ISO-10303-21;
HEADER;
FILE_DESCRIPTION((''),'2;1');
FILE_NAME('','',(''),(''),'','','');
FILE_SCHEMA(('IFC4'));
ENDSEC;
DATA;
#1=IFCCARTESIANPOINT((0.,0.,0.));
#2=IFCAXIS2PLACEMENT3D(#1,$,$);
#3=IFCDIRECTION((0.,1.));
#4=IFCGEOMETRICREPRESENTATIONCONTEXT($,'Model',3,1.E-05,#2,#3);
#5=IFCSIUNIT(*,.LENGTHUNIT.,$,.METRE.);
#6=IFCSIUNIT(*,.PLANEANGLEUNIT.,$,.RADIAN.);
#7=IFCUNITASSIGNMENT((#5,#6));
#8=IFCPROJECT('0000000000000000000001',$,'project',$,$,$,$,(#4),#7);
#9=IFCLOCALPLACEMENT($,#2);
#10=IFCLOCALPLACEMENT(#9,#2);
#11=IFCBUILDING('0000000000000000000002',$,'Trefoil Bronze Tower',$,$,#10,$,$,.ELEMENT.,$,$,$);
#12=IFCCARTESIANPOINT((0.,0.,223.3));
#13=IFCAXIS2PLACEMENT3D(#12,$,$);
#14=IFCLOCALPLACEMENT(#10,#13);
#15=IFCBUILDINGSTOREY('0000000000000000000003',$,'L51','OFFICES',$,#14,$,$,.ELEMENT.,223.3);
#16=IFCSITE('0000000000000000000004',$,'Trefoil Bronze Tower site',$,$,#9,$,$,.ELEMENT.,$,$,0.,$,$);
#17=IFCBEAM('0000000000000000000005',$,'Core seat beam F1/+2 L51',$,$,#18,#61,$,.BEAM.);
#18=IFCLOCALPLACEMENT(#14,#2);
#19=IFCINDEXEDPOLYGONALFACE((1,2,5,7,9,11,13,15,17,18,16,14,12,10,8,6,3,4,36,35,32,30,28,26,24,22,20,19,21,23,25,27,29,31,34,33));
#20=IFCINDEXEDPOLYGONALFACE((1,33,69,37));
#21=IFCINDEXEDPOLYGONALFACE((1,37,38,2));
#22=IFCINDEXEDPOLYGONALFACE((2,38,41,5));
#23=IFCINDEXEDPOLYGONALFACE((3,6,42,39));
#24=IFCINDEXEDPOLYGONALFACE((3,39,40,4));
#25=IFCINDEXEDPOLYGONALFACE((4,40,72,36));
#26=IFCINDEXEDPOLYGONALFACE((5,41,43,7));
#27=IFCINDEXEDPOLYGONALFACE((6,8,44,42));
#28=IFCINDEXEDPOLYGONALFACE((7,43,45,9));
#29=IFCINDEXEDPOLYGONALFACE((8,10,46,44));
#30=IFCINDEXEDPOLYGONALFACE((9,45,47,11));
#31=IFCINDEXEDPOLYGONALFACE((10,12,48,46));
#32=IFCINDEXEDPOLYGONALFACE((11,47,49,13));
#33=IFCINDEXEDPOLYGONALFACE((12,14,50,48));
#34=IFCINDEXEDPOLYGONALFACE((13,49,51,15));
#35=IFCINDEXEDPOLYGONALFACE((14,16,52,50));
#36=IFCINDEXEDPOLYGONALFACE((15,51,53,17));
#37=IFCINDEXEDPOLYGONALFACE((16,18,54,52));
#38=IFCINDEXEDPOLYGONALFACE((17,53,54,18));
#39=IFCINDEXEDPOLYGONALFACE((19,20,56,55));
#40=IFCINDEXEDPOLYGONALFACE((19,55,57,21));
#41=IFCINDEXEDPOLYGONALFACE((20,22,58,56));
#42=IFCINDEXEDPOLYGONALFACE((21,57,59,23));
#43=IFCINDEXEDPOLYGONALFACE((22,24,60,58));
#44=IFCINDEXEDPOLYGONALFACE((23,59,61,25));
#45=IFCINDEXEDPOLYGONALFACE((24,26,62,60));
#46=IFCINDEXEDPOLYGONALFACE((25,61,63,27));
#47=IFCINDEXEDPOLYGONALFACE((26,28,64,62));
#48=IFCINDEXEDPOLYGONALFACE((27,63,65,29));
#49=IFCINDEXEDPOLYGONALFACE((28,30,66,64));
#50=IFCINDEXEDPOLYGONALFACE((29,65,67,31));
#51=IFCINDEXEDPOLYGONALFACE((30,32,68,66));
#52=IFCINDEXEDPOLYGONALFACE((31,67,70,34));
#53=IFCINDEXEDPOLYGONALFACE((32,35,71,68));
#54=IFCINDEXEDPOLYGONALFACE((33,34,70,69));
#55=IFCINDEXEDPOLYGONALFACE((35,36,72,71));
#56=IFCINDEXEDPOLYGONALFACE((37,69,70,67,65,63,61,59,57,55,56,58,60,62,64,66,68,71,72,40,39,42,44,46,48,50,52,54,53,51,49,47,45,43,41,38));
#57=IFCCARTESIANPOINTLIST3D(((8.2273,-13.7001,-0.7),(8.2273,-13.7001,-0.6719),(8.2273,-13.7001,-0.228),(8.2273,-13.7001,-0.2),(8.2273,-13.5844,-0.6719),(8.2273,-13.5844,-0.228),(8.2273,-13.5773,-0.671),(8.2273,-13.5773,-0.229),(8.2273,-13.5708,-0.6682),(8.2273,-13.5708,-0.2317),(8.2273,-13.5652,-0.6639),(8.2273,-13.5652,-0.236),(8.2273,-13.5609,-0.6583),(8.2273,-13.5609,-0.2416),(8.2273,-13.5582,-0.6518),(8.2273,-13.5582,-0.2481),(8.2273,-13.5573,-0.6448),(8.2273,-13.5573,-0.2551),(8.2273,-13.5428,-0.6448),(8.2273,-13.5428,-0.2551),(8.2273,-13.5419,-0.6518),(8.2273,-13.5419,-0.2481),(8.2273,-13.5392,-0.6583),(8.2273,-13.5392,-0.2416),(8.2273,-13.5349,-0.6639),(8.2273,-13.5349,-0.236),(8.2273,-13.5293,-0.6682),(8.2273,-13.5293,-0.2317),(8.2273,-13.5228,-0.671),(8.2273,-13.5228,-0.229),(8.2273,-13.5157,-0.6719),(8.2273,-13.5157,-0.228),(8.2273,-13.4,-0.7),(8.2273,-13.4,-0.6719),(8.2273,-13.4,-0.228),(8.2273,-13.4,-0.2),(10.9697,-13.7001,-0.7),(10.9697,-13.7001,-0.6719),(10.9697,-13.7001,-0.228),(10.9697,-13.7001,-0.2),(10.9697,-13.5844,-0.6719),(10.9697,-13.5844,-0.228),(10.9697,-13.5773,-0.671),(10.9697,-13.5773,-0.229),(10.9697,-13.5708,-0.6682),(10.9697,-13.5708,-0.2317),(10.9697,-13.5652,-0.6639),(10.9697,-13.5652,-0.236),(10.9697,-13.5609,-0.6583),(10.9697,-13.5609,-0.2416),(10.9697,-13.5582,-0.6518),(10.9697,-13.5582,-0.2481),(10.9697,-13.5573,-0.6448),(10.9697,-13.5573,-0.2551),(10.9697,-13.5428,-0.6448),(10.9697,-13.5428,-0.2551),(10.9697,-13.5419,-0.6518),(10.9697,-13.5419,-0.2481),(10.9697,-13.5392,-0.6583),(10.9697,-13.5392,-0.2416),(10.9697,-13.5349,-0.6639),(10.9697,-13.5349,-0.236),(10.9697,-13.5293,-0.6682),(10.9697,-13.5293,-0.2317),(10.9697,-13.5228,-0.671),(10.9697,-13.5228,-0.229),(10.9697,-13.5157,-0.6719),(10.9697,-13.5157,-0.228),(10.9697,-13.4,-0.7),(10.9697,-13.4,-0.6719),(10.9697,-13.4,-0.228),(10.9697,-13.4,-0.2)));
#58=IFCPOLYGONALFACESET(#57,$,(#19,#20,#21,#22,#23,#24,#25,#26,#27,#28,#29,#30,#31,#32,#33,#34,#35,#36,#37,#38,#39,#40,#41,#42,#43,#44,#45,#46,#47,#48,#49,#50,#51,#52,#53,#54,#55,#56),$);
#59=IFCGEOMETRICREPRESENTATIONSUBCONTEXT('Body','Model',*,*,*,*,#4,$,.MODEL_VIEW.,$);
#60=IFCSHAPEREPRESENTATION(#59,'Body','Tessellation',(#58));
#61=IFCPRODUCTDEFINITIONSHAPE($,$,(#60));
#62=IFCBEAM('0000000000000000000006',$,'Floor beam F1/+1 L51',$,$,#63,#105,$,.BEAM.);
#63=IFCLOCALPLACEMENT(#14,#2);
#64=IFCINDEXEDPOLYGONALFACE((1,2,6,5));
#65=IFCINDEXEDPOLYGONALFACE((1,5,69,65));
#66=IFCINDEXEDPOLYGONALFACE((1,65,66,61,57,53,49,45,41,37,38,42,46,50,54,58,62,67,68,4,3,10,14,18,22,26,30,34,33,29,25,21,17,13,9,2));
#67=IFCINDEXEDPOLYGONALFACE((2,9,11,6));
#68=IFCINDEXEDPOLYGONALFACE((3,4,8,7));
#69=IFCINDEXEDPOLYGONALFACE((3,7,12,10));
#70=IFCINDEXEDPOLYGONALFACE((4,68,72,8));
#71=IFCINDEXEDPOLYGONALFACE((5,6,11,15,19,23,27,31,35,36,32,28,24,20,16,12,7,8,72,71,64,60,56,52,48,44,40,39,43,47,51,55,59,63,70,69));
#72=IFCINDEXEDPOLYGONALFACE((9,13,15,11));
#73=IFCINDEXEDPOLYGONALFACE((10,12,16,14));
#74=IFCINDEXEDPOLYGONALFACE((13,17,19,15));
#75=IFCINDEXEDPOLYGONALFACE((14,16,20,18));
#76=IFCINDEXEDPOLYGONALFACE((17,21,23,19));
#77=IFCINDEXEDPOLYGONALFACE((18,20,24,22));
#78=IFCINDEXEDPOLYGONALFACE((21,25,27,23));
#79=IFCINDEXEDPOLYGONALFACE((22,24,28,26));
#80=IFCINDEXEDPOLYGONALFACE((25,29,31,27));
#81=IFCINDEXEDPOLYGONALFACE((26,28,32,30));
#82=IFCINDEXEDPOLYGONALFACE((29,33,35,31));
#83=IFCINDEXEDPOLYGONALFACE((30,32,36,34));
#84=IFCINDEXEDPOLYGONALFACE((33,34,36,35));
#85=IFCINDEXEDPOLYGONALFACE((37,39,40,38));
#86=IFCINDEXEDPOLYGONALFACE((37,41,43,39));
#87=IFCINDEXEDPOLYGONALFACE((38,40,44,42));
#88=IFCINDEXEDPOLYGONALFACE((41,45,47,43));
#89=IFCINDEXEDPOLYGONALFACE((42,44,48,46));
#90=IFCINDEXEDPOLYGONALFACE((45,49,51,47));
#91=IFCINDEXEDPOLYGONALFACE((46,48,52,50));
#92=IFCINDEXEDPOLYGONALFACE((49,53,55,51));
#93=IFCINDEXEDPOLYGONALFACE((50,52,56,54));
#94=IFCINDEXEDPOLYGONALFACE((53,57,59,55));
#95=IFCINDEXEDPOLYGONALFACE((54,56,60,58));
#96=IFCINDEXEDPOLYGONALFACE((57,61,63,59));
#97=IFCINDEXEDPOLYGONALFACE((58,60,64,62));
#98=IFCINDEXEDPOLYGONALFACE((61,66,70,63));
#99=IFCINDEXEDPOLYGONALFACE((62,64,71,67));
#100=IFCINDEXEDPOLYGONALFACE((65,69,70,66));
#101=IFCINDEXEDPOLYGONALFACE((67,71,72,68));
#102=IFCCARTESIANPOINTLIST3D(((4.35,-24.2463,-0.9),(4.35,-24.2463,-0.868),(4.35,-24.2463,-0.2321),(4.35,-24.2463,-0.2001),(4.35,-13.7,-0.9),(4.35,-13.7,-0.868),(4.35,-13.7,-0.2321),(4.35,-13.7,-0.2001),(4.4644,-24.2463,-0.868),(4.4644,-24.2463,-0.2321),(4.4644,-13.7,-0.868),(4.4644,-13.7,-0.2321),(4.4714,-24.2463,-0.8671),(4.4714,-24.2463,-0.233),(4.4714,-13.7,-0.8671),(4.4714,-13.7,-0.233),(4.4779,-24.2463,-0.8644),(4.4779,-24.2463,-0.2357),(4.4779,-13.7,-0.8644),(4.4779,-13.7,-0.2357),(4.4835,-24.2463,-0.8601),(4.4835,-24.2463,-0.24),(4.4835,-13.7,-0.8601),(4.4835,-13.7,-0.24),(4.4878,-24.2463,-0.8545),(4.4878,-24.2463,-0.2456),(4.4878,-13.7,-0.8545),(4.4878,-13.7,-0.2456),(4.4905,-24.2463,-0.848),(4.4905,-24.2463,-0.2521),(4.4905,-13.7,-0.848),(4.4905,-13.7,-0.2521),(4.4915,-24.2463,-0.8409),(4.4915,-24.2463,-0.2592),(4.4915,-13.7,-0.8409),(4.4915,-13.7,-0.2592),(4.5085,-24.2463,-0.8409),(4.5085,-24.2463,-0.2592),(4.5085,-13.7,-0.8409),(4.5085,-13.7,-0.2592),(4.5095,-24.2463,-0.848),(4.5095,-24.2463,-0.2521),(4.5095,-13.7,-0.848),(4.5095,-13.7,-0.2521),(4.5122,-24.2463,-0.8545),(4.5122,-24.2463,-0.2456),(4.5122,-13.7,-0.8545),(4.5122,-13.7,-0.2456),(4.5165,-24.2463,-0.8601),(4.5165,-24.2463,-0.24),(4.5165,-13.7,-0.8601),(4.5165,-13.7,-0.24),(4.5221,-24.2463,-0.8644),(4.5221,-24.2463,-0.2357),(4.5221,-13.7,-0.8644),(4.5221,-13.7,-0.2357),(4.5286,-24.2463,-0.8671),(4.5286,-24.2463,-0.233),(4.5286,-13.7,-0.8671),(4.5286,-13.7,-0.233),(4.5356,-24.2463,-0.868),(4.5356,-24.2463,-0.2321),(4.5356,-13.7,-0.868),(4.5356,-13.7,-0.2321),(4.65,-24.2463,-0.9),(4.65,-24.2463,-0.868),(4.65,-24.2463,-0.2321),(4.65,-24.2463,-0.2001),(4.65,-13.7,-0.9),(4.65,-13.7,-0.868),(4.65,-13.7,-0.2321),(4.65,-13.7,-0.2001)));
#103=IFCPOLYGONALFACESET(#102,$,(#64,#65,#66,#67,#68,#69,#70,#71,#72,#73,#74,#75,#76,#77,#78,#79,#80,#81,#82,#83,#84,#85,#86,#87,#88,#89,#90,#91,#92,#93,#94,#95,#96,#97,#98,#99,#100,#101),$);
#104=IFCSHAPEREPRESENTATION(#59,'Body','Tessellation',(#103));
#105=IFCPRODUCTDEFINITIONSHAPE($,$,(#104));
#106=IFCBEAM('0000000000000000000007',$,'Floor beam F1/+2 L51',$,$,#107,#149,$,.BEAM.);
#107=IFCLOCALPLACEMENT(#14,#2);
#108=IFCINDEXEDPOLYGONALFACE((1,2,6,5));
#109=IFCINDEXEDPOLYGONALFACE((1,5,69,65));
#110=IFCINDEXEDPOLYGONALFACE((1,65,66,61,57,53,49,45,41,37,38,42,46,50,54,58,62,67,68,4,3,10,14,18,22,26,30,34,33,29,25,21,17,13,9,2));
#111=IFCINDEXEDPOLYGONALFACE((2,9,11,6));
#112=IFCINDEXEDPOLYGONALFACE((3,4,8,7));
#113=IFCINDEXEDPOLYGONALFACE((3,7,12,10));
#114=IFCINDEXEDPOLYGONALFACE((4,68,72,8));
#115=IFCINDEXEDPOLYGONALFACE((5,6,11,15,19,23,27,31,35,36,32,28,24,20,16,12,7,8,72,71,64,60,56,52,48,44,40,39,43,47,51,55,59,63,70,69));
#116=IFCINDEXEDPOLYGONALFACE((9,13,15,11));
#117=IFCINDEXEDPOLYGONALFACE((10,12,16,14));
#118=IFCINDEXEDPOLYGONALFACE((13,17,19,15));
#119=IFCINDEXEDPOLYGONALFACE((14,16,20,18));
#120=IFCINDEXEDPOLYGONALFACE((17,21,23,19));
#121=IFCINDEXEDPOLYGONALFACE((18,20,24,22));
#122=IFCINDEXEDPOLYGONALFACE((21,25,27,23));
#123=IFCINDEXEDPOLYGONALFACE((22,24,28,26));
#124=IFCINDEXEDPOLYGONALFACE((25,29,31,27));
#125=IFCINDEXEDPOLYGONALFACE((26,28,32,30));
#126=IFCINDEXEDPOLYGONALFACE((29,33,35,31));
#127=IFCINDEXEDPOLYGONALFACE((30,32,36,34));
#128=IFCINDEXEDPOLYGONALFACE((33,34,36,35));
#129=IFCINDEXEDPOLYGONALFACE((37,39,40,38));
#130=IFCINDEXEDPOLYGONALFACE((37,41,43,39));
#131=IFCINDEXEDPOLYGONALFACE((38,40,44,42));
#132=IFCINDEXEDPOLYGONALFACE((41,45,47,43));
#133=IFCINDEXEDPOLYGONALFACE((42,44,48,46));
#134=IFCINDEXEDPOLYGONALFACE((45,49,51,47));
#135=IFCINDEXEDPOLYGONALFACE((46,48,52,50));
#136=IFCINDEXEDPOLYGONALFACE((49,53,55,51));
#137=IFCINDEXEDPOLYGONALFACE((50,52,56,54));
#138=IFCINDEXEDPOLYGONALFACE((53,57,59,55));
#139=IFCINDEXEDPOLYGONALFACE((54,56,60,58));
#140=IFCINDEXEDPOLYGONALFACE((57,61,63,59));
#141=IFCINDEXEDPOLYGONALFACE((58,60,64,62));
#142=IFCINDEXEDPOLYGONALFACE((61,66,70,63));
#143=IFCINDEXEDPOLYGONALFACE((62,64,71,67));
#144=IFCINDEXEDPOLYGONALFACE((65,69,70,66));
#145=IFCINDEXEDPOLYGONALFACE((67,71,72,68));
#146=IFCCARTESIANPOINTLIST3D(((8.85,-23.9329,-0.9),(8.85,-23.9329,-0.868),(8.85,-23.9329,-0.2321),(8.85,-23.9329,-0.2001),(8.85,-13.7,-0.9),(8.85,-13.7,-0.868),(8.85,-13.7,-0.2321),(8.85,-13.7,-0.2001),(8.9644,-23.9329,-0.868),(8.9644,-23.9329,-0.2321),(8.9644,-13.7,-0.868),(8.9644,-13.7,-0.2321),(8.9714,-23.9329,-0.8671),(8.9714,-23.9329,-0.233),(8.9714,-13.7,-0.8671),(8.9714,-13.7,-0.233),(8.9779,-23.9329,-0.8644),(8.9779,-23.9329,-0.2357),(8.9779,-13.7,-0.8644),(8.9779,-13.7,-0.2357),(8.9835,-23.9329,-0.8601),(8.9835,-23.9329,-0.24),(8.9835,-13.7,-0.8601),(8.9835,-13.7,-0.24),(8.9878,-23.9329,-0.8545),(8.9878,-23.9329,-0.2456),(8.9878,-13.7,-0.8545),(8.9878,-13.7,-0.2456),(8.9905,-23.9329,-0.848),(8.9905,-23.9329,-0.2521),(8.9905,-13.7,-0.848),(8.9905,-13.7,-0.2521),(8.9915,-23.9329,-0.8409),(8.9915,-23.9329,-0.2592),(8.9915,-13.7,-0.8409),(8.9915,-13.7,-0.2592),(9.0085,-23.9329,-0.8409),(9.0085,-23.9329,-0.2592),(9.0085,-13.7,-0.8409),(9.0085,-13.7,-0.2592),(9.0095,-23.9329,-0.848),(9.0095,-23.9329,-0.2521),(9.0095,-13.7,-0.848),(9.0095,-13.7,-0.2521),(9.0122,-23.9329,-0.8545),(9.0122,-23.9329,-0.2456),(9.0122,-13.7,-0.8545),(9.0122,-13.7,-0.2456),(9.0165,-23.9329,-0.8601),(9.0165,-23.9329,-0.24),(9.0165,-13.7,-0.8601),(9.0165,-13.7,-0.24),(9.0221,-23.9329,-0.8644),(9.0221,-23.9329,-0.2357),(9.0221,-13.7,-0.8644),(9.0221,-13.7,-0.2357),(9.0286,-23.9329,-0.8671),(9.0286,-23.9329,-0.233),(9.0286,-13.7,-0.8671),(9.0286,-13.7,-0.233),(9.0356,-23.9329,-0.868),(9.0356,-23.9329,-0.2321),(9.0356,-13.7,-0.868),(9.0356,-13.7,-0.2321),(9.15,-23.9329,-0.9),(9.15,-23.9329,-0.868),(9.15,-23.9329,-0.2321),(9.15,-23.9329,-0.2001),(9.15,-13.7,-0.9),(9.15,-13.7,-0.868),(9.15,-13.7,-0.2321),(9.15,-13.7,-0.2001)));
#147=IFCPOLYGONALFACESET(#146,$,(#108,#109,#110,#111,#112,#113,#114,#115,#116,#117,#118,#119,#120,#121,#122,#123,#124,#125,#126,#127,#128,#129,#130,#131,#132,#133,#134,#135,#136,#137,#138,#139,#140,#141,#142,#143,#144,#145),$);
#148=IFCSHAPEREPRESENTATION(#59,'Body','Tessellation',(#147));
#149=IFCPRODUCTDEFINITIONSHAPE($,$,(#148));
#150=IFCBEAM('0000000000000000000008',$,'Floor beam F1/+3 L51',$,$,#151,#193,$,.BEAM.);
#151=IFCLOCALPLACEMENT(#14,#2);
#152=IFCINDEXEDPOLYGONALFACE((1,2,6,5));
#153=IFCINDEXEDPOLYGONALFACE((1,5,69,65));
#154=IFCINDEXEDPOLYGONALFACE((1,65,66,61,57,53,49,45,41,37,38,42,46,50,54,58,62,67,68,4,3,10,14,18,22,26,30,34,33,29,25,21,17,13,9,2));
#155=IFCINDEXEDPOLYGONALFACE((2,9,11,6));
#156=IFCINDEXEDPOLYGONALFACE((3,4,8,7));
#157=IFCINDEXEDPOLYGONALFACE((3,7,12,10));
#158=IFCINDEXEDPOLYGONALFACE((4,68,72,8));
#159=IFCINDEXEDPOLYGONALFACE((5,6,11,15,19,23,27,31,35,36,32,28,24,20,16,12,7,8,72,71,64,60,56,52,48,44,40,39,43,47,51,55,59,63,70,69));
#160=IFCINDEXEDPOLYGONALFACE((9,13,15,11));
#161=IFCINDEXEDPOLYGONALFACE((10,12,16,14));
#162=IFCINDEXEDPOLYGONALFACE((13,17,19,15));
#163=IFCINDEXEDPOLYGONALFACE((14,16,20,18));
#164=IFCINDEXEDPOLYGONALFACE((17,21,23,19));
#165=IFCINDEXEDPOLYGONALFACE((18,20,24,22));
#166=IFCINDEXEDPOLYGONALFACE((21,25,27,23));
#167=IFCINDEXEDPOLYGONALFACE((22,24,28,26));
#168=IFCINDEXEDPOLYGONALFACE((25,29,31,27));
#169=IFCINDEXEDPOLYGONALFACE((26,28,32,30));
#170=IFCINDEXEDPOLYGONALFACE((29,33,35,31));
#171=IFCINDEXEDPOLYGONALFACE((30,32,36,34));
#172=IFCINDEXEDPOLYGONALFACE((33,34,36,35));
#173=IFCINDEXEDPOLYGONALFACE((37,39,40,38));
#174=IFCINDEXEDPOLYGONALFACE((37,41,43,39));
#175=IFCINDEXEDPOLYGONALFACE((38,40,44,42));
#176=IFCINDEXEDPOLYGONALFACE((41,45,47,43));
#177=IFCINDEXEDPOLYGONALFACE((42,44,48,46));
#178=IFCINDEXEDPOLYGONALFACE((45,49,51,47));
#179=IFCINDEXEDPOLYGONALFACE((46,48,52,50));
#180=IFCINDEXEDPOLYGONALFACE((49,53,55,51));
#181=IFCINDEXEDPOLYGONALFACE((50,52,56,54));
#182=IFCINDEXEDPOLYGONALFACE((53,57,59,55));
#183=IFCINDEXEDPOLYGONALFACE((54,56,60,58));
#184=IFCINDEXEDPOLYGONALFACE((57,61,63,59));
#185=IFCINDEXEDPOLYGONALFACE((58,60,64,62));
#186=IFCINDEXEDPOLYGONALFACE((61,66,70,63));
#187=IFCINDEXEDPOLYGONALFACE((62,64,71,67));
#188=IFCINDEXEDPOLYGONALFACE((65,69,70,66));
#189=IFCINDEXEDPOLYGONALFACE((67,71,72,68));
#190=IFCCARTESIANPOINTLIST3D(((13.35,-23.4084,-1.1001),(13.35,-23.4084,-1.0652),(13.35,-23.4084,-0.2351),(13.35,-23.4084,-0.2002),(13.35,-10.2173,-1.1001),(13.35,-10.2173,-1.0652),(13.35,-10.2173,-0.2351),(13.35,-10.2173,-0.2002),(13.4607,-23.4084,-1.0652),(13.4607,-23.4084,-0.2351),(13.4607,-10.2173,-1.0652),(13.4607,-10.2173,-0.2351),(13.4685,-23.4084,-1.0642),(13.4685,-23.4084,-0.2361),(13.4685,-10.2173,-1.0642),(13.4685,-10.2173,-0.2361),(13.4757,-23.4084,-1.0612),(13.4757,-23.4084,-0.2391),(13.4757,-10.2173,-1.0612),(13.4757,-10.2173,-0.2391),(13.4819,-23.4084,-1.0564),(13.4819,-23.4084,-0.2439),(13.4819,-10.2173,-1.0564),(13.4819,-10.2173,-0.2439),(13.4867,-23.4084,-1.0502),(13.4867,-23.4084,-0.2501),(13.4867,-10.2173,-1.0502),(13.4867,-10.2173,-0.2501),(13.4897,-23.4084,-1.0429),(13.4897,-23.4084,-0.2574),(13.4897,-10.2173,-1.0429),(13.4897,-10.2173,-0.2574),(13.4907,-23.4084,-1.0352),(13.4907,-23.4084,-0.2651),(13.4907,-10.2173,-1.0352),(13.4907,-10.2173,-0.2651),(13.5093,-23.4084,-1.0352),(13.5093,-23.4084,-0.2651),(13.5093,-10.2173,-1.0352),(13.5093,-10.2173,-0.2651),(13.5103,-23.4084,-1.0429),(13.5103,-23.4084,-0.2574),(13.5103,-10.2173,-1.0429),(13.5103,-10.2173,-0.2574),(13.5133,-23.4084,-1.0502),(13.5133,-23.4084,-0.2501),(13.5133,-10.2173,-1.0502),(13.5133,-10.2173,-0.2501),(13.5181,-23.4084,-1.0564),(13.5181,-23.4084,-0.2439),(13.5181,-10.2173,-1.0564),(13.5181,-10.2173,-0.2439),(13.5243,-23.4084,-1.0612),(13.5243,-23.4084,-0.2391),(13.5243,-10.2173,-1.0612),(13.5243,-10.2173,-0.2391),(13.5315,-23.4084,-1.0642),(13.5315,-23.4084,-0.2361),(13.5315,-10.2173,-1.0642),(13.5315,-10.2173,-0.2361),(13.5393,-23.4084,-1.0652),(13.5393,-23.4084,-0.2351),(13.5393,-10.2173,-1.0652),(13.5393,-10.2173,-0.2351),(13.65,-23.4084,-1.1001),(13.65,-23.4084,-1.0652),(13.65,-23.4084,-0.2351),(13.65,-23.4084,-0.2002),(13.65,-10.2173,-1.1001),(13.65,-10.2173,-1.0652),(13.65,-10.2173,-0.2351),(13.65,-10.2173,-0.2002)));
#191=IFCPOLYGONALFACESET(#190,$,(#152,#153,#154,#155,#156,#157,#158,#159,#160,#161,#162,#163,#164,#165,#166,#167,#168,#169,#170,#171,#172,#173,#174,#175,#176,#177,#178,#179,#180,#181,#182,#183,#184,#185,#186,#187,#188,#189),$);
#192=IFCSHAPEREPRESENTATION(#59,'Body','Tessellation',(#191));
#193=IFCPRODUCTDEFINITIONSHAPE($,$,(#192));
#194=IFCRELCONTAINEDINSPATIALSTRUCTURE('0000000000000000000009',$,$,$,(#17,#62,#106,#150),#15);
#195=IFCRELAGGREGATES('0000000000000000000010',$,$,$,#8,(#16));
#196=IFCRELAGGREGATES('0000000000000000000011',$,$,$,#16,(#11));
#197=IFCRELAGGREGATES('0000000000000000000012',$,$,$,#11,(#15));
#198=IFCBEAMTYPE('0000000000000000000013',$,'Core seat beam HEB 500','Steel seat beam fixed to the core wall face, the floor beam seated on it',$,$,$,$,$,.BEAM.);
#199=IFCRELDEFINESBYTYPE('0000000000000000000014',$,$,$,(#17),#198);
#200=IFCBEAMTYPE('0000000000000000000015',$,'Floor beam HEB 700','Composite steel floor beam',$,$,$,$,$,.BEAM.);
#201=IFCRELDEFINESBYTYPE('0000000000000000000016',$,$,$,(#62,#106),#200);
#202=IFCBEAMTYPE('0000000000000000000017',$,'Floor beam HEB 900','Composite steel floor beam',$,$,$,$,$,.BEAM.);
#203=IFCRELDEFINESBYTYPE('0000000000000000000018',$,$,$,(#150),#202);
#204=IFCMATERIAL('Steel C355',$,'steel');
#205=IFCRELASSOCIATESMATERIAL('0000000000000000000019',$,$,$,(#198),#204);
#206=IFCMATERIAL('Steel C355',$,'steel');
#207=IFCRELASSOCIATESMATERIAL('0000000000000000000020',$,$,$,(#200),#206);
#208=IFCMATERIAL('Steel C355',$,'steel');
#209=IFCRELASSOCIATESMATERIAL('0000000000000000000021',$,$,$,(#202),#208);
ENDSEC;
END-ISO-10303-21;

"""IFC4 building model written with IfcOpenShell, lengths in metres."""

from ifc_helpers import new_model, si_unit, direction, frame, origin, origin_2d, place, context, subcontext, project, spatial, i_section, extrude, material, material_profile, profile_set, type_object, element, save


model = new_model("IFC4")

# Units and contexts
model_context = context("Model", 3, precision=1e-05, world=origin(), true_north=direction((0.0, 1.0)))
body_context = subcontext(model_context, "Body", "Model", "MODEL_VIEW")
ifc_project = project(units=[si_unit("LENGTHUNIT", "METRE"), si_unit("PLANEANGLEUNIT", "RADIAN")], contexts=[model_context])

# Site, building, storey
site_placement = place(None, origin())
site = spatial("IfcSite", under=ifc_project, at=site_placement, Name="Trefoil Bronze Tower site", CompositionType="ELEMENT", RefElevation=0.0)
building_placement = place(site_placement, origin())
building = spatial("IfcBuilding", under=site, at=building_placement, Name="Trefoil Bronze Tower", CompositionType="ELEMENT")
storey_placement = place(building_placement, frame((0.0, 0.0, 223.3)))
storey = spatial("IfcBuildingStorey", under=building, at=storey_placement, Name="L51", Description="OFFICES", CompositionType="ELEMENT", Elevation=223.3)

# Beams
ifc_material_1 = material(Name="Steel C355", Category="steel")
ifc_material_profile_1 = material_profile(ifc_material_1, i_section(OverallWidth=0.3, OverallDepth=0.5, WebThickness=0.0144, FlangeThickness=0.0281, FilletRadius=0.0271, at=origin_2d()), Name="HEB 500")
ifc_profile_set_1 = profile_set([ifc_material_profile_1], Name="Steel C355")
beam_type_1 = type_object("IfcBeamType", Name="Core seat beam HEB 500", Description="Steel seat beam fixed to the core wall face, the floor beam seated on it", PredefinedType="BEAM", material=ifc_profile_set_1)
for number, where, z_axis, x_axis, name in (
    (1, (8.2273, -13.55, -0.45), (1.0, 0.0, 0.0), (0.0, 1.0, 0.0), "Core seat beam F1/+2 L51"),
):
    element("IfcBeam", number, at=place(storey_placement, frame(where, z_axis=z_axis, x_axis=x_axis)), inside=storey, type_object=beam_type_1, Name=name, PredefinedType="BEAM", context=body_context, shape_type="SweptSolid", body=[
        extrude(i_section(OverallWidth=0.3, OverallDepth=0.5, WebThickness=0.0144, FlangeThickness=0.0281, FilletRadius=0.0271, at=origin_2d()), origin(), (0.0, 0.0, 1.0), 2.7424),
    ])
ifc_material_2 = material(Name="Steel C355", Category="steel")
ifc_material_profile_2 = material_profile(ifc_material_2, i_section(OverallWidth=0.3, OverallDepth=0.7, WebThickness=0.0171, FlangeThickness=0.032, FilletRadius=0.0271, at=origin_2d()), Name="HEB 700")
ifc_profile_set_2 = profile_set([ifc_material_profile_2], Name="Steel C355")
beam_type_2 = type_object("IfcBeamType", Name="Floor beam HEB 700", Description="Composite steel floor beam", PredefinedType="BEAM", material=ifc_profile_set_2)
beam_1_placement = place(storey_placement, frame((4.5, -24.2463, -0.55), z_axis=(0.0, 1.0, 0.0), x_axis=(-1.0, 0.0, 0.0)))
element("IfcBeam", 2, at=beam_1_placement, inside=storey, type_object=beam_type_2, Name="Floor beam F1/+1 L51", PredefinedType="BEAM", context=body_context, shape_type="SweptSolid", body=[
    extrude(i_section(OverallWidth=0.3, OverallDepth=0.7, WebThickness=0.0171, FlangeThickness=0.032, FilletRadius=0.0271, at=origin_2d()), origin(), (0.0, 0.0, 1.0), 10.5464),
])
beam_2_placement = place(storey_placement, frame((9.0, -23.9329, -0.55), z_axis=(0.0, 1.0, 0.0), x_axis=(-1.0, 0.0, 0.0)))
element("IfcBeam", 3, at=beam_2_placement, inside=storey, type_object=beam_type_2, Name="Floor beam F1/+2 L51", PredefinedType="BEAM", context=body_context, shape_type="SweptSolid", body=[
    extrude(i_section(OverallWidth=0.3, OverallDepth=0.7, WebThickness=0.0171, FlangeThickness=0.032, FilletRadius=0.0271, at=origin_2d()), origin(), (0.0, 0.0, 1.0), 10.2329),
])
ifc_material_3 = material(Name="Steel C355", Category="steel")
ifc_material_profile_3 = material_profile(ifc_material_3, i_section(OverallWidth=0.3, OverallDepth=0.8999, WebThickness=0.0186, FlangeThickness=0.0349, FilletRadius=0.03, at=origin_2d()), Name="HEB 900")
ifc_profile_set_3 = profile_set([ifc_material_profile_3], Name="Steel C355")
beam_type_3 = type_object("IfcBeamType", Name="Floor beam HEB 900", Description="Composite steel floor beam", PredefinedType="BEAM", material=ifc_profile_set_3)
beam_3_placement = place(storey_placement, frame((13.5, -23.4084, -0.6501), z_axis=(0.0, 1.0, 0.0), x_axis=(-1.0, 0.0, 0.0)))
element("IfcBeam", 4, at=beam_3_placement, inside=storey, type_object=beam_type_3, Name="Floor beam F1/+3 L51", PredefinedType="BEAM", context=body_context, shape_type="SweptSolid", body=[
    extrude(i_section(OverallWidth=0.3, OverallDepth=0.8999, WebThickness=0.0186, FlangeThickness=0.0349, FilletRadius=0.03, at=origin_2d()), origin(), (0.0, 0.0, 1.0), 13.1912),
])

save(model, "model.ifc")
